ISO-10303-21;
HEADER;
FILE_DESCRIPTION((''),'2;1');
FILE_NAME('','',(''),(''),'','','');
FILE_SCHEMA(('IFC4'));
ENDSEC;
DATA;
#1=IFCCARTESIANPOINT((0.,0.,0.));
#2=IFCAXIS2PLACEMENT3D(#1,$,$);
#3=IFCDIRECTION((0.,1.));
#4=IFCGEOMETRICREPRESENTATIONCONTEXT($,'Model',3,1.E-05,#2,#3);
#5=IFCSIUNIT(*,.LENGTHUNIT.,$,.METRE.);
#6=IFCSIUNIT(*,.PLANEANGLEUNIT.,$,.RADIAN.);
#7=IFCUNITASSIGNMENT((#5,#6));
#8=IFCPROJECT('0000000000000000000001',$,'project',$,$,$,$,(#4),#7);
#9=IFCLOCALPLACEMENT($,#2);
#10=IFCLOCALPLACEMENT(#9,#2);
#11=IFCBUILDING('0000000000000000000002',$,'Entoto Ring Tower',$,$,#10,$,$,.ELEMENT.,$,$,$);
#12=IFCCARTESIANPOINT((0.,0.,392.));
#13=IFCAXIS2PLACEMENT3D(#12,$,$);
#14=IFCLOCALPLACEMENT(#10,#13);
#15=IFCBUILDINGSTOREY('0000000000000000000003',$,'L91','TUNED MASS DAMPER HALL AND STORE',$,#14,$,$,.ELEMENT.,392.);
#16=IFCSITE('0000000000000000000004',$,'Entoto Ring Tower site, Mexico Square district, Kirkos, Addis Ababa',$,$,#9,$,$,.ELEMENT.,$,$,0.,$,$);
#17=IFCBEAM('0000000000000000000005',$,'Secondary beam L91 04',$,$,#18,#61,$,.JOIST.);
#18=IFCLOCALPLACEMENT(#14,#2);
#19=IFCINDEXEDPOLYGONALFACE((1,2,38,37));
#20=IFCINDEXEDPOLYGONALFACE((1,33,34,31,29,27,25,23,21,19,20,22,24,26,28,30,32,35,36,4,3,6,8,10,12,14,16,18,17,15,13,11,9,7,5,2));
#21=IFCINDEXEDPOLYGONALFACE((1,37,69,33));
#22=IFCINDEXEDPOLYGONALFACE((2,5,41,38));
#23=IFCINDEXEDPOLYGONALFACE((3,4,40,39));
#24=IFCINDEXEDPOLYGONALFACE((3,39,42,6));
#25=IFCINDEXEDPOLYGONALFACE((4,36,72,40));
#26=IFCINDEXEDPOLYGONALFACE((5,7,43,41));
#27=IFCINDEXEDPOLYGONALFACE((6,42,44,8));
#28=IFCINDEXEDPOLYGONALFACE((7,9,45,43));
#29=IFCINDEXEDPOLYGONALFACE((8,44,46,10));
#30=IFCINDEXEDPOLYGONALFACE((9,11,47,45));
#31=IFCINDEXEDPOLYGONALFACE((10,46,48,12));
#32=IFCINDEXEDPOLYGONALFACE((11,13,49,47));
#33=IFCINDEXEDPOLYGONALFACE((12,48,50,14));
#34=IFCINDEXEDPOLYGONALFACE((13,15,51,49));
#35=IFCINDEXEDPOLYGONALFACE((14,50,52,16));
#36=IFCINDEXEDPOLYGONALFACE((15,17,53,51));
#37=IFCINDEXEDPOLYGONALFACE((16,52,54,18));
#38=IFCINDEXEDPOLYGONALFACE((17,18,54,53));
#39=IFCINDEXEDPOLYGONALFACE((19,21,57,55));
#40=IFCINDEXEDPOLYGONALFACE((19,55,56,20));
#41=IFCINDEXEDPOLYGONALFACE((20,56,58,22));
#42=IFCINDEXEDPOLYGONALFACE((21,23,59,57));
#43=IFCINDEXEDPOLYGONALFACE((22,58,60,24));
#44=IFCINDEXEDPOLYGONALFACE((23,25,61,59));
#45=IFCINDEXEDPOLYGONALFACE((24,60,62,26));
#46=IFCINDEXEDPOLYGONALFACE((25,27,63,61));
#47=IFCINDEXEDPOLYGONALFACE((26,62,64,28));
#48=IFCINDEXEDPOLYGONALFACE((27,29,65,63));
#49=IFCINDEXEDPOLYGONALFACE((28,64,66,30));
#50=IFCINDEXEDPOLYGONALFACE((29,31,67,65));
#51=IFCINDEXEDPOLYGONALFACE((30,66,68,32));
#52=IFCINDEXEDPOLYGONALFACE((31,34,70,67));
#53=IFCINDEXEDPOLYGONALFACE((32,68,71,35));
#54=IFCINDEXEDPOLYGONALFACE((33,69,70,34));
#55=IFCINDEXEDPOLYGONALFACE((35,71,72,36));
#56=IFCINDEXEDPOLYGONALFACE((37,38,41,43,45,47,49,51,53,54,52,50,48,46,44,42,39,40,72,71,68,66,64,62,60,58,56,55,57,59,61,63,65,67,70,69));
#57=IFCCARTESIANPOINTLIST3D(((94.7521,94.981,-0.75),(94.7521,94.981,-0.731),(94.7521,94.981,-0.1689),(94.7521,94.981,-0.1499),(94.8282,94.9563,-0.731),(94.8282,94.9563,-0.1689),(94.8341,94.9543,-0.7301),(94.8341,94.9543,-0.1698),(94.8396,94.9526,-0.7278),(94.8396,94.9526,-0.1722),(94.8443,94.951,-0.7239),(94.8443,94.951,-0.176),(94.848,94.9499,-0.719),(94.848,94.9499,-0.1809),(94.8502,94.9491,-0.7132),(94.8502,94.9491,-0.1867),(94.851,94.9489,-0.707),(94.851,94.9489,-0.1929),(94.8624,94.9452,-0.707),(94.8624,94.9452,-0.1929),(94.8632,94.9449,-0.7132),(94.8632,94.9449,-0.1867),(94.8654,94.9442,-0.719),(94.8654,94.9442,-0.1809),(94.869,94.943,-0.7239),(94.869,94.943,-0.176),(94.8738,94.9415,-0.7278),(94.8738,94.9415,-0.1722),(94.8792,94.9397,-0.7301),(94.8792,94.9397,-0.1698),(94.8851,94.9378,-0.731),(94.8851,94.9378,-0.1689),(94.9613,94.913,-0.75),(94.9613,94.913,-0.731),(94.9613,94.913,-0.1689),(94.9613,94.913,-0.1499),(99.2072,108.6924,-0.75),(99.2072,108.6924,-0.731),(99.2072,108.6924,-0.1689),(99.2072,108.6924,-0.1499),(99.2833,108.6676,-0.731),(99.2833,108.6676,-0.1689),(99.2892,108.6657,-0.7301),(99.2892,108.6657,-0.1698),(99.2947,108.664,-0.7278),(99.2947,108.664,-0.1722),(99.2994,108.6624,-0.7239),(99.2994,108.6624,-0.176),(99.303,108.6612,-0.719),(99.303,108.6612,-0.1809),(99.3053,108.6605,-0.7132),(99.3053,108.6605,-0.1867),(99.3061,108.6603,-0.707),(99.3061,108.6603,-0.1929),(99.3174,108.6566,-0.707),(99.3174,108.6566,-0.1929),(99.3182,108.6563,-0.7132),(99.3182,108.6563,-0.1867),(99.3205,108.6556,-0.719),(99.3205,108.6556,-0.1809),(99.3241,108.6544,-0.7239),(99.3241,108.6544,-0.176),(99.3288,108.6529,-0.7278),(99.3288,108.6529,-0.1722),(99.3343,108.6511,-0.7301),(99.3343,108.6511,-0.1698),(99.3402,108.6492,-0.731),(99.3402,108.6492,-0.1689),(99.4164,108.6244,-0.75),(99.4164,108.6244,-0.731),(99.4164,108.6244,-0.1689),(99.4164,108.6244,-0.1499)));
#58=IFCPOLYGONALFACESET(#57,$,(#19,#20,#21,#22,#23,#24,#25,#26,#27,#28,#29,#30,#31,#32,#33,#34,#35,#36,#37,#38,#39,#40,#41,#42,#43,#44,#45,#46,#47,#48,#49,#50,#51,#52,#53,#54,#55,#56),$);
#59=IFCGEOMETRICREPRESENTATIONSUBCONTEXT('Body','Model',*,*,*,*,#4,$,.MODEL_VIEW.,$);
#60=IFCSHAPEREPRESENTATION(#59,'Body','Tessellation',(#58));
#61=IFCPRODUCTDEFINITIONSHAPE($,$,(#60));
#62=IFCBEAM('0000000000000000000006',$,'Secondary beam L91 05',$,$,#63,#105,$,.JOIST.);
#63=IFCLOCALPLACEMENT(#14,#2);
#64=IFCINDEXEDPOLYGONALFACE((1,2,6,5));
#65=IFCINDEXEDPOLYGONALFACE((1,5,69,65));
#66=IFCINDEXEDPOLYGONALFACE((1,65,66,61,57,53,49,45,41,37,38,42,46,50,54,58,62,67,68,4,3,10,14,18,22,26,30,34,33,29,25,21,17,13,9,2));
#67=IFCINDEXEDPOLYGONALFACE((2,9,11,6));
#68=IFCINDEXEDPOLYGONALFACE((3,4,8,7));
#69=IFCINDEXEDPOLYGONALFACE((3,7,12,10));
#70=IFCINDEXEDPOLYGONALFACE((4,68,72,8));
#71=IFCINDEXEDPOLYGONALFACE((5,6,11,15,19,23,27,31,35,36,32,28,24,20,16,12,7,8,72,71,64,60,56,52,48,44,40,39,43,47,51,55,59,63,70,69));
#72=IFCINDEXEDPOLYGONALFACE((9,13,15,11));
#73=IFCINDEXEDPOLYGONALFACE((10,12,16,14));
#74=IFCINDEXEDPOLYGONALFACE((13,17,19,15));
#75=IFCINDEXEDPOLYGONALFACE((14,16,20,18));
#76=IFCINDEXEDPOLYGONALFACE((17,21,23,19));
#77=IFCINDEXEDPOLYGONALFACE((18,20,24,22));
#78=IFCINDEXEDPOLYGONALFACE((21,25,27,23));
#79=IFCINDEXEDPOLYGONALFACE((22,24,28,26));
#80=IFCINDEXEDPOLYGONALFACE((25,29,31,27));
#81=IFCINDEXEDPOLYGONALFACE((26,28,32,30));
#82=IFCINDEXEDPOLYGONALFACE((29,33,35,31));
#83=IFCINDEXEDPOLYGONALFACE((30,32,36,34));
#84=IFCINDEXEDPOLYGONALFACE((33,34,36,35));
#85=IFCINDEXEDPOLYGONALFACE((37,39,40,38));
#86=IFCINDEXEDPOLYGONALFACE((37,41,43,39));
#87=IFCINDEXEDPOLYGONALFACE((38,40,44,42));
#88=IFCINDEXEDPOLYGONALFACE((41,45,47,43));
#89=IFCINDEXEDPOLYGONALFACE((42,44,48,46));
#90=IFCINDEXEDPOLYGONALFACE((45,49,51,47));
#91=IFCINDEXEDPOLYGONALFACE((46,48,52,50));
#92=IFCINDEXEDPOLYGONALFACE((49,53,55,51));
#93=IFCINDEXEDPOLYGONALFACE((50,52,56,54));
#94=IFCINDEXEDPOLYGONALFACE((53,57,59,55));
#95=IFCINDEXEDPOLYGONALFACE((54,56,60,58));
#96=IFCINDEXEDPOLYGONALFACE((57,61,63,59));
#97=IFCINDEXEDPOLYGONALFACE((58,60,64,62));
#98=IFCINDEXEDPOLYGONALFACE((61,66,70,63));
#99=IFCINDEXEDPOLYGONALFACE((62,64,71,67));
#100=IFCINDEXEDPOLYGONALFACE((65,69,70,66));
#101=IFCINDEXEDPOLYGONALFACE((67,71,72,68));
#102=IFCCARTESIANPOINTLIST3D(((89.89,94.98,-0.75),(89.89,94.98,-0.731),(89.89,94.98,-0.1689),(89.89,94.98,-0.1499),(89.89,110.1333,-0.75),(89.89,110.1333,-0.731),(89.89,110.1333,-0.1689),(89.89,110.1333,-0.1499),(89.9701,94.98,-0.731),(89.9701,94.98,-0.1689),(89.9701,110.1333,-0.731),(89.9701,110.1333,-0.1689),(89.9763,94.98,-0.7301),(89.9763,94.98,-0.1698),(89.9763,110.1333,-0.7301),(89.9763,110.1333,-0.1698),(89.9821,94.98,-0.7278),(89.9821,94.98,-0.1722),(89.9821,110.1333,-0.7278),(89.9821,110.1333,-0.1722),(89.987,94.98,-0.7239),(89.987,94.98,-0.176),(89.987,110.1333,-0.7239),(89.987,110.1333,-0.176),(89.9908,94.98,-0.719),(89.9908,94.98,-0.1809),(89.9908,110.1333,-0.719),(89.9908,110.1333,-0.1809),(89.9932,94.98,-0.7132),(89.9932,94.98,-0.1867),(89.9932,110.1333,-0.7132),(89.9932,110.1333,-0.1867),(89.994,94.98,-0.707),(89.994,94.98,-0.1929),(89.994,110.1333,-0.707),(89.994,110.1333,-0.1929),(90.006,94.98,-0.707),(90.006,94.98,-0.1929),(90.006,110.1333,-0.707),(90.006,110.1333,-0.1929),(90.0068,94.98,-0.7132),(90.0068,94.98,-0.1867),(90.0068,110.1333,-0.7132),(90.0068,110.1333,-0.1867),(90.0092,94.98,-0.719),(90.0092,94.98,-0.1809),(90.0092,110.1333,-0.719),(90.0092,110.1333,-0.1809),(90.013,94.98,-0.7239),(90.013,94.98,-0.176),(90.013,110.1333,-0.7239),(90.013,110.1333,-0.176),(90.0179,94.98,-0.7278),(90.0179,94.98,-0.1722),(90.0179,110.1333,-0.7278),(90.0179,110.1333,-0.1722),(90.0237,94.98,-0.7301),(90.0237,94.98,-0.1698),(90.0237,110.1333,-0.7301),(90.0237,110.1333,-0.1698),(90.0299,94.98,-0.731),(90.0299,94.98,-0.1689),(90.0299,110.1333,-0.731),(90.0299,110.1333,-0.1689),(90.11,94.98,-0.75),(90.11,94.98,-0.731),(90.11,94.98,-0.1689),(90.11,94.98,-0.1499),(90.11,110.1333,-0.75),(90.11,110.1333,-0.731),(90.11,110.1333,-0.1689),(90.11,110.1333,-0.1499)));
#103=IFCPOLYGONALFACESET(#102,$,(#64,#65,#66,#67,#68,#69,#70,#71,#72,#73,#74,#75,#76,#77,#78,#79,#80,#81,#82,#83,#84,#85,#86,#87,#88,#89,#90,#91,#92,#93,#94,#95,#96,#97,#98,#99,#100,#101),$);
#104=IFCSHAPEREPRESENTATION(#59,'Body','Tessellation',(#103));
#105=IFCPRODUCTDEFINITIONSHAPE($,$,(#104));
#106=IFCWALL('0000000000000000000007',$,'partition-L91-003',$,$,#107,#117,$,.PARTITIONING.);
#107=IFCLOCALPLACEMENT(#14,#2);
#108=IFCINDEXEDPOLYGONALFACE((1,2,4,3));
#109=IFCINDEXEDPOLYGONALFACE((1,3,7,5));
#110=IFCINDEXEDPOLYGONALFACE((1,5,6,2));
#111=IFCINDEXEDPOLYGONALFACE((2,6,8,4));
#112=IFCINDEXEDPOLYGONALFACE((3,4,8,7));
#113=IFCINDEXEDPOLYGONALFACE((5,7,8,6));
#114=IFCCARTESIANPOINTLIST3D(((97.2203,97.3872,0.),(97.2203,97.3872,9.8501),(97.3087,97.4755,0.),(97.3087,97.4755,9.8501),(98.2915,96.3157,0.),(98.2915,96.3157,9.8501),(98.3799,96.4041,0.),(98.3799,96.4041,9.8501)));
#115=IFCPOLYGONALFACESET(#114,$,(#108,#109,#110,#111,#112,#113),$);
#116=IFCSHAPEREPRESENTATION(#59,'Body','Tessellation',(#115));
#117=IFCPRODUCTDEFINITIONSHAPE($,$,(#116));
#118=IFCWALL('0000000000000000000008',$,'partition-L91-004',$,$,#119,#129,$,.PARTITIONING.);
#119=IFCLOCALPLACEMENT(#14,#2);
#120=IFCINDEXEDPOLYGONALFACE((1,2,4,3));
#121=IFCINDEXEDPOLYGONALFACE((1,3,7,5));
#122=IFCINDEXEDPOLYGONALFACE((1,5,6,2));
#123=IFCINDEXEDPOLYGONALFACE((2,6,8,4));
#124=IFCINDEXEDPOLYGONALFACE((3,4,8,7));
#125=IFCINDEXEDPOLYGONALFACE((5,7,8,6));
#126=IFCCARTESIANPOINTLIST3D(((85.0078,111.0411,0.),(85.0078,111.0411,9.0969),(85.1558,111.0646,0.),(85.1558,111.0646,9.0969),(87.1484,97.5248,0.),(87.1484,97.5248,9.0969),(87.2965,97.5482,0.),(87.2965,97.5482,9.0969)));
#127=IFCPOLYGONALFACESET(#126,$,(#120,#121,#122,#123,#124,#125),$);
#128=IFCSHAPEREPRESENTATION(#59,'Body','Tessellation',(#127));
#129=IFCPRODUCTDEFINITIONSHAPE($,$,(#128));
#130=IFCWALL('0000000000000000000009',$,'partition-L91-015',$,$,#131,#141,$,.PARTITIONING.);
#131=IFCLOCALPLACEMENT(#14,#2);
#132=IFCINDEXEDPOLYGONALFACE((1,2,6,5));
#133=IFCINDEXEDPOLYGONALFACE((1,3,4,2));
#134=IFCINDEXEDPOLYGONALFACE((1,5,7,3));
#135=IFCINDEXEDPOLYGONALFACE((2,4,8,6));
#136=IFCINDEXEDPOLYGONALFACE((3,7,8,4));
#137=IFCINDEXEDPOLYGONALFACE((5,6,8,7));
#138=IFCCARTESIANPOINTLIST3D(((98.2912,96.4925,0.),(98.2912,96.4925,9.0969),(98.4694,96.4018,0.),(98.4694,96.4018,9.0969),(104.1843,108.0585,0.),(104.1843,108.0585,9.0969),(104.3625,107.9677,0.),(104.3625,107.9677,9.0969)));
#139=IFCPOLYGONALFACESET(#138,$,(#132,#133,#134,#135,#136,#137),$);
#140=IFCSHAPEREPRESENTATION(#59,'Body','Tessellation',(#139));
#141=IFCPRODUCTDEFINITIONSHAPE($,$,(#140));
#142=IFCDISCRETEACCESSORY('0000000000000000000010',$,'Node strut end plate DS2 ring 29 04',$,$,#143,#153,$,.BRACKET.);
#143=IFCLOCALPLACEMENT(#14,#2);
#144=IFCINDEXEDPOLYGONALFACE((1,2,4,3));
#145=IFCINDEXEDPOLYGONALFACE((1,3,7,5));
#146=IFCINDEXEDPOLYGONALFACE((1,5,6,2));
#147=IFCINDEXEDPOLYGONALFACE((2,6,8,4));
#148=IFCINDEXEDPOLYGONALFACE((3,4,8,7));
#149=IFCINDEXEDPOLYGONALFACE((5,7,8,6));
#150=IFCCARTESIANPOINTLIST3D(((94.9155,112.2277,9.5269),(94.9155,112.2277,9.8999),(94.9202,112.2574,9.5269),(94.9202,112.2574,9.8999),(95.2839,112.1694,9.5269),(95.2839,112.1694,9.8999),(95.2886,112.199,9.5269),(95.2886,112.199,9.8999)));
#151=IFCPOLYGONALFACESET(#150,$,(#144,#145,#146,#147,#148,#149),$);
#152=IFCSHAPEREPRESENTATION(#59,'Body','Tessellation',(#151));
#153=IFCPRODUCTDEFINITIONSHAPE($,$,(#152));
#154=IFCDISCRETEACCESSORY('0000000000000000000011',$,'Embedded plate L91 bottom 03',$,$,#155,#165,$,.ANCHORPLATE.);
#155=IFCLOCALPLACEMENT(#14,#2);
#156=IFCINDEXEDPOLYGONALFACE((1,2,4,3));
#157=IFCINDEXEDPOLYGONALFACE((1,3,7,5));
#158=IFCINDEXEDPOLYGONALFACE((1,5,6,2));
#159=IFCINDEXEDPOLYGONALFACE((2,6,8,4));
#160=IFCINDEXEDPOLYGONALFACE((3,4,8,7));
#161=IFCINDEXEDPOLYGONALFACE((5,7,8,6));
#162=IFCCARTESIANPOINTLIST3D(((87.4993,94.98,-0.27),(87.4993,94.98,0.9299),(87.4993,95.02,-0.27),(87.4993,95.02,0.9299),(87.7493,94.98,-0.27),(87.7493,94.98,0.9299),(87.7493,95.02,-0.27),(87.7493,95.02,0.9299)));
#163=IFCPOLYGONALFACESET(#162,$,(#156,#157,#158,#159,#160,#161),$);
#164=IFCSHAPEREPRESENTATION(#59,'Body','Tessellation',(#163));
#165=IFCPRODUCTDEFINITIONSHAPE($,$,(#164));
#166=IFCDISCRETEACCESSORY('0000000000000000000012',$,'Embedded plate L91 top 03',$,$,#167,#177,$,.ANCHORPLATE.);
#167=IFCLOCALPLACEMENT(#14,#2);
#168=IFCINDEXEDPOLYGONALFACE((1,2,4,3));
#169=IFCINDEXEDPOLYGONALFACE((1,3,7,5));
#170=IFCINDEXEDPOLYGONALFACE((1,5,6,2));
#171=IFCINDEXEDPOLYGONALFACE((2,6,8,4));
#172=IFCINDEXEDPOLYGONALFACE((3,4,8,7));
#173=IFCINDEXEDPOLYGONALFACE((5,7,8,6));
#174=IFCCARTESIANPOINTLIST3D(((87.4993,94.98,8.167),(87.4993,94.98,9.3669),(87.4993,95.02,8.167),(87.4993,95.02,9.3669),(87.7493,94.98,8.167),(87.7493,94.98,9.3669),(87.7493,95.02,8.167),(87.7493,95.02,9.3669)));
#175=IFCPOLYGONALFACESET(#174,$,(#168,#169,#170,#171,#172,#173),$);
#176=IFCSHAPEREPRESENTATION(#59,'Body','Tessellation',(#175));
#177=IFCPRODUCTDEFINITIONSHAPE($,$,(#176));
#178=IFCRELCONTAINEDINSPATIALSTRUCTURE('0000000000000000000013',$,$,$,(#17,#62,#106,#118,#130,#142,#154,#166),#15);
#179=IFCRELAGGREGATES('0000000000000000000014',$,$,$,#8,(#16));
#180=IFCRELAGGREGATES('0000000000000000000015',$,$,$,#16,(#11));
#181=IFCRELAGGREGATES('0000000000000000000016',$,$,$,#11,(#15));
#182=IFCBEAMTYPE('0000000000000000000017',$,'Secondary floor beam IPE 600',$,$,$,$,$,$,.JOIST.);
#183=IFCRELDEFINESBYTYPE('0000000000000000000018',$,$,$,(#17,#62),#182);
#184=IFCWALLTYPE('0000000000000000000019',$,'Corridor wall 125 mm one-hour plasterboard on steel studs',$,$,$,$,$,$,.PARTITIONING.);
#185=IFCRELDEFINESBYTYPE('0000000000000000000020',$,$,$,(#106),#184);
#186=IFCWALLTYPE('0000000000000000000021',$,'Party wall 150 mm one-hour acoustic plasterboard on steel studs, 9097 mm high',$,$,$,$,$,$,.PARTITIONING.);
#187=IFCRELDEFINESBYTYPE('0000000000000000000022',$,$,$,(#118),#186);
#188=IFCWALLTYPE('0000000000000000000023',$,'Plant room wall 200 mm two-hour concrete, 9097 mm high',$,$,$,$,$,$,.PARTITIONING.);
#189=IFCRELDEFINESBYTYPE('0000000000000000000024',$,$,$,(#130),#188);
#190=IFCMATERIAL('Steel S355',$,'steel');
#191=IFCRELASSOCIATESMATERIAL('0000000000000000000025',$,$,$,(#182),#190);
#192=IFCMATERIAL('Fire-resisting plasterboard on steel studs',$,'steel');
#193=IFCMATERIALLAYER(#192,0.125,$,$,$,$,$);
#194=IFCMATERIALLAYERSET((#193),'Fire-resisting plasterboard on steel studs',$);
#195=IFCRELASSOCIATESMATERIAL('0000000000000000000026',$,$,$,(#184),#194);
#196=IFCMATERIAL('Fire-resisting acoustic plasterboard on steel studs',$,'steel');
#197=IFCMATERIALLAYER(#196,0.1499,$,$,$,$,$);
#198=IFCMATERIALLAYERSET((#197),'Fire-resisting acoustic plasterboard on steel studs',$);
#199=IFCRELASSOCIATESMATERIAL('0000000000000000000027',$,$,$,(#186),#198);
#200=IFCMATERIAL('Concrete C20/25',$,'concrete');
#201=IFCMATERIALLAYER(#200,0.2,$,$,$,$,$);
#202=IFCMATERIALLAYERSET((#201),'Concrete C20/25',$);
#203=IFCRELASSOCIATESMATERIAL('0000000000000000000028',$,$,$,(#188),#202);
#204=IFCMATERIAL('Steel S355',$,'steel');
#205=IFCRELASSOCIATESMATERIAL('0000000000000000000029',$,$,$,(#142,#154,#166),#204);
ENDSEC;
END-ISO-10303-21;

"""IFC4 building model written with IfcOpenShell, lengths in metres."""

from ifc_helpers import new_model, si_unit, direction, frame, frame_2d, origin, origin_2d, place, context, subcontext, project, spatial, rectangle, i_section, extrude, material, layer, layer_set, material_profile, profile_set, type_object, element, save


model = new_model("IFC4")

# Units and contexts
model_context = context("Model", 3, precision=1e-05, world=origin(), true_north=direction((0.0, 1.0)))
body_context = subcontext(model_context, "Body", "Model", "MODEL_VIEW")
ifc_project = project(units=[si_unit("LENGTHUNIT", "METRE"), si_unit("PLANEANGLEUNIT", "RADIAN")], contexts=[model_context])

# Site, building, storey
site_placement = place(None, origin())
site = spatial("IfcSite", under=ifc_project, at=site_placement, Name="Entoto Ring Tower site, Mexico Square district, Kirkos, Addis Ababa", CompositionType="ELEMENT", RefElevation=0.0)
building_placement = place(site_placement, origin())
building = spatial("IfcBuilding", under=site, at=building_placement, Name="Entoto Ring Tower", CompositionType="ELEMENT")
storey_placement = place(building_placement, frame((0.0, 0.0, 392.0)))
storey = spatial("IfcBuildingStorey", under=building, at=storey_placement, Name="L91", Description="TUNED MASS DAMPER HALL AND STORE", CompositionType="ELEMENT", Elevation=392.0)

# Beams
ifc_material_1 = material(Name="Steel S355", Category="steel")
ifc_material_profile_1 = material_profile(ifc_material_1, i_section(OverallWidth=0.22, OverallDepth=0.6001, WebThickness=0.012, FlangeThickness=0.019, FilletRadius=0.0239, at=origin_2d()), Name="IPE 600")
ifc_profile_set_1 = profile_set([ifc_material_profile_1], Name="Steel S355")
beam_type_1 = type_object("IfcBeamType", Name="Secondary floor beam IPE 600", PredefinedType="JOIST", material=ifc_profile_set_1)
beam_1_placement = place(storey_placement, frame((94.8567, 94.947, -0.45), z_axis=(0.309015, 0.951057, 0.0), x_axis=(-0.951057, 0.309015, 0.0)))
element("IfcBeam", 1, at=beam_1_placement, inside=storey, type_object=beam_type_1, Name="Secondary beam L91 04", PredefinedType="JOIST", context=body_context, shape_type="SweptSolid", body=[
    extrude(i_section(OverallWidth=0.22, OverallDepth=0.6001, WebThickness=0.012, FlangeThickness=0.019, FilletRadius=0.0239, at=origin_2d()), origin(), (0.0, 0.0, 1.0), 14.417),
])
beam_2_placement = place(storey_placement, frame((90.0, 94.98, -0.45), z_axis=(0.0, 1.0, 0.0), x_axis=(-1.0, 0.0, 0.0)))
element("IfcBeam", 2, at=beam_2_placement, inside=storey, type_object=beam_type_1, Name="Secondary beam L91 05", PredefinedType="JOIST", context=body_context, shape_type="SweptSolid", body=[
    extrude(i_section(OverallWidth=0.22, OverallDepth=0.6001, WebThickness=0.012, FlangeThickness=0.019, FilletRadius=0.0239, at=origin_2d()), origin(), (0.0, 0.0, 1.0), 15.1533),
])

# Walls
ifc_material_2 = material(Name="Fire-resisting plasterboard on steel studs", Category="steel")
ifc_layer_1 = layer(ifc_material_2, 0.125)
ifc_layer_set_1 = layer_set([ifc_layer_1], Name="Fire-resisting plasterboard on steel studs")
wall_type_1 = type_object("IfcWallType", Name="Corridor wall 125 mm one-hour plasterboard on steel studs", PredefinedType="PARTITIONING", material=ifc_layer_set_1)
wall_1_placement = place(storey_placement, frame((98.3357, 96.3599, 0.0), z_axis=(0.0, 0.0, 1.0), x_axis=(-0.707026, 0.707187, 0.0)))
element("IfcWall", 3, at=wall_1_placement, inside=storey, type_object=wall_type_1, Name="partition-L91-003", PredefinedType="PARTITIONING", context=body_context, shape_type="SweptSolid", body=[
    extrude(rectangle(XDim=1.5151, YDim=0.125, at=frame_2d((0.7576, 0.0))), origin(), (0.0, 0.0, 1.0), 9.8501),
])
ifc_material_3 = material(Name="Fire-resisting acoustic plasterboard on steel studs", Category="steel")
ifc_layer_2 = layer(ifc_material_3, 0.1499)
ifc_layer_set_2 = layer_set([ifc_layer_2], Name="Fire-resisting acoustic plasterboard on steel studs")
wall_type_2 = type_object("IfcWallType", Name="Party wall 150 mm one-hour acoustic plasterboard on steel studs, 9097 mm high", PredefinedType="PARTITIONING", material=ifc_layer_set_2)
wall_2_placement = place(storey_placement, frame((87.2224, 97.5366, 0.0), z_axis=(0.0, 0.0, 1.0), x_axis=(-0.156423, 0.98769, 0.0)))
element("IfcWall", 4, at=wall_2_placement, inside=storey, type_object=wall_type_2, Name="partition-L91-004", PredefinedType="PARTITIONING", context=body_context, shape_type="SweptSolid", body=[
    extrude(rectangle(XDim=13.6848, YDim=0.1499, at=frame_2d((6.8423, 0.0))), origin(), (0.0, 0.0, 1.0), 9.0969),
])
ifc_material_4 = material(Name="Concrete C20/25", Category="concrete")
ifc_layer_3 = layer(ifc_material_4, 0.2)
ifc_layer_set_3 = layer_set([ifc_layer_3], Name="Concrete C20/25")
wall_type_3 = type_object("IfcWallType", Name="Plant room wall 200 mm two-hour concrete, 9097 mm high", PredefinedType="PARTITIONING", material=ifc_layer_set_3)
wall_3_placement = place(storey_placement, frame((98.3804, 96.4473, 0.0), z_axis=(0.0, 0.0, 1.0), x_axis=(0.453987, 0.891008, 0.0)))
element("IfcWall", 5, at=wall_3_placement, inside=storey, type_object=wall_type_3, Name="partition-L91-015", PredefinedType="PARTITIONING", context=body_context, shape_type="SweptSolid", body=[
    extrude(rectangle(XDim=12.9807, YDim=0.2, at=frame_2d((6.4902, 0.0))), origin(), (0.0, 0.0, 1.0), 9.0969),
])

# Discrete accessories
ifc_material_5 = material(Name="Steel S355", Category="steel")
discrete_accessory_placement = place(storey_placement, frame((95.1021, 112.2134, 9.5269), z_axis=(0.0, 0.0, 1.0), x_axis=(0.156434, 0.987688, 0.0)))
element("IfcDiscreteAccessory", 6, at=discrete_accessory_placement, inside=storey, material=ifc_material_5, Name="Node strut end plate DS2 ring 29 04", PredefinedType="BRACKET", context=body_context, shape_type="SweptSolid", body=[
    extrude(rectangle(XDim=0.03, YDim=0.373, at=origin_2d()), origin(), (0.0, 0.0, 1.0), 0.373),
])
for number, where, z_axis, x_axis, name in (
    (7, (87.6243, 95.0, -0.27), (0.0, 0.0, 1.0), (0.0, 1.0, 0.0), "Embedded plate L91 bottom 03"),
    (8, (87.6243, 95.0, 8.167), (0.0, 0.0, 1.0), (0.0, 1.0, 0.0), "Embedded plate L91 top 03"),
):
    element("IfcDiscreteAccessory", number, at=place(storey_placement, frame(where, z_axis=z_axis, x_axis=x_axis)), inside=storey, material=ifc_material_5, Name=name, PredefinedType="ANCHORPLATE", context=body_context, shape_type="SweptSolid", body=[
        extrude(rectangle(XDim=0.04, YDim=0.25, at=origin_2d()), origin(), (0.0, 0.0, 1.0), 1.2),
    ])

save(model, "model.ifc")
